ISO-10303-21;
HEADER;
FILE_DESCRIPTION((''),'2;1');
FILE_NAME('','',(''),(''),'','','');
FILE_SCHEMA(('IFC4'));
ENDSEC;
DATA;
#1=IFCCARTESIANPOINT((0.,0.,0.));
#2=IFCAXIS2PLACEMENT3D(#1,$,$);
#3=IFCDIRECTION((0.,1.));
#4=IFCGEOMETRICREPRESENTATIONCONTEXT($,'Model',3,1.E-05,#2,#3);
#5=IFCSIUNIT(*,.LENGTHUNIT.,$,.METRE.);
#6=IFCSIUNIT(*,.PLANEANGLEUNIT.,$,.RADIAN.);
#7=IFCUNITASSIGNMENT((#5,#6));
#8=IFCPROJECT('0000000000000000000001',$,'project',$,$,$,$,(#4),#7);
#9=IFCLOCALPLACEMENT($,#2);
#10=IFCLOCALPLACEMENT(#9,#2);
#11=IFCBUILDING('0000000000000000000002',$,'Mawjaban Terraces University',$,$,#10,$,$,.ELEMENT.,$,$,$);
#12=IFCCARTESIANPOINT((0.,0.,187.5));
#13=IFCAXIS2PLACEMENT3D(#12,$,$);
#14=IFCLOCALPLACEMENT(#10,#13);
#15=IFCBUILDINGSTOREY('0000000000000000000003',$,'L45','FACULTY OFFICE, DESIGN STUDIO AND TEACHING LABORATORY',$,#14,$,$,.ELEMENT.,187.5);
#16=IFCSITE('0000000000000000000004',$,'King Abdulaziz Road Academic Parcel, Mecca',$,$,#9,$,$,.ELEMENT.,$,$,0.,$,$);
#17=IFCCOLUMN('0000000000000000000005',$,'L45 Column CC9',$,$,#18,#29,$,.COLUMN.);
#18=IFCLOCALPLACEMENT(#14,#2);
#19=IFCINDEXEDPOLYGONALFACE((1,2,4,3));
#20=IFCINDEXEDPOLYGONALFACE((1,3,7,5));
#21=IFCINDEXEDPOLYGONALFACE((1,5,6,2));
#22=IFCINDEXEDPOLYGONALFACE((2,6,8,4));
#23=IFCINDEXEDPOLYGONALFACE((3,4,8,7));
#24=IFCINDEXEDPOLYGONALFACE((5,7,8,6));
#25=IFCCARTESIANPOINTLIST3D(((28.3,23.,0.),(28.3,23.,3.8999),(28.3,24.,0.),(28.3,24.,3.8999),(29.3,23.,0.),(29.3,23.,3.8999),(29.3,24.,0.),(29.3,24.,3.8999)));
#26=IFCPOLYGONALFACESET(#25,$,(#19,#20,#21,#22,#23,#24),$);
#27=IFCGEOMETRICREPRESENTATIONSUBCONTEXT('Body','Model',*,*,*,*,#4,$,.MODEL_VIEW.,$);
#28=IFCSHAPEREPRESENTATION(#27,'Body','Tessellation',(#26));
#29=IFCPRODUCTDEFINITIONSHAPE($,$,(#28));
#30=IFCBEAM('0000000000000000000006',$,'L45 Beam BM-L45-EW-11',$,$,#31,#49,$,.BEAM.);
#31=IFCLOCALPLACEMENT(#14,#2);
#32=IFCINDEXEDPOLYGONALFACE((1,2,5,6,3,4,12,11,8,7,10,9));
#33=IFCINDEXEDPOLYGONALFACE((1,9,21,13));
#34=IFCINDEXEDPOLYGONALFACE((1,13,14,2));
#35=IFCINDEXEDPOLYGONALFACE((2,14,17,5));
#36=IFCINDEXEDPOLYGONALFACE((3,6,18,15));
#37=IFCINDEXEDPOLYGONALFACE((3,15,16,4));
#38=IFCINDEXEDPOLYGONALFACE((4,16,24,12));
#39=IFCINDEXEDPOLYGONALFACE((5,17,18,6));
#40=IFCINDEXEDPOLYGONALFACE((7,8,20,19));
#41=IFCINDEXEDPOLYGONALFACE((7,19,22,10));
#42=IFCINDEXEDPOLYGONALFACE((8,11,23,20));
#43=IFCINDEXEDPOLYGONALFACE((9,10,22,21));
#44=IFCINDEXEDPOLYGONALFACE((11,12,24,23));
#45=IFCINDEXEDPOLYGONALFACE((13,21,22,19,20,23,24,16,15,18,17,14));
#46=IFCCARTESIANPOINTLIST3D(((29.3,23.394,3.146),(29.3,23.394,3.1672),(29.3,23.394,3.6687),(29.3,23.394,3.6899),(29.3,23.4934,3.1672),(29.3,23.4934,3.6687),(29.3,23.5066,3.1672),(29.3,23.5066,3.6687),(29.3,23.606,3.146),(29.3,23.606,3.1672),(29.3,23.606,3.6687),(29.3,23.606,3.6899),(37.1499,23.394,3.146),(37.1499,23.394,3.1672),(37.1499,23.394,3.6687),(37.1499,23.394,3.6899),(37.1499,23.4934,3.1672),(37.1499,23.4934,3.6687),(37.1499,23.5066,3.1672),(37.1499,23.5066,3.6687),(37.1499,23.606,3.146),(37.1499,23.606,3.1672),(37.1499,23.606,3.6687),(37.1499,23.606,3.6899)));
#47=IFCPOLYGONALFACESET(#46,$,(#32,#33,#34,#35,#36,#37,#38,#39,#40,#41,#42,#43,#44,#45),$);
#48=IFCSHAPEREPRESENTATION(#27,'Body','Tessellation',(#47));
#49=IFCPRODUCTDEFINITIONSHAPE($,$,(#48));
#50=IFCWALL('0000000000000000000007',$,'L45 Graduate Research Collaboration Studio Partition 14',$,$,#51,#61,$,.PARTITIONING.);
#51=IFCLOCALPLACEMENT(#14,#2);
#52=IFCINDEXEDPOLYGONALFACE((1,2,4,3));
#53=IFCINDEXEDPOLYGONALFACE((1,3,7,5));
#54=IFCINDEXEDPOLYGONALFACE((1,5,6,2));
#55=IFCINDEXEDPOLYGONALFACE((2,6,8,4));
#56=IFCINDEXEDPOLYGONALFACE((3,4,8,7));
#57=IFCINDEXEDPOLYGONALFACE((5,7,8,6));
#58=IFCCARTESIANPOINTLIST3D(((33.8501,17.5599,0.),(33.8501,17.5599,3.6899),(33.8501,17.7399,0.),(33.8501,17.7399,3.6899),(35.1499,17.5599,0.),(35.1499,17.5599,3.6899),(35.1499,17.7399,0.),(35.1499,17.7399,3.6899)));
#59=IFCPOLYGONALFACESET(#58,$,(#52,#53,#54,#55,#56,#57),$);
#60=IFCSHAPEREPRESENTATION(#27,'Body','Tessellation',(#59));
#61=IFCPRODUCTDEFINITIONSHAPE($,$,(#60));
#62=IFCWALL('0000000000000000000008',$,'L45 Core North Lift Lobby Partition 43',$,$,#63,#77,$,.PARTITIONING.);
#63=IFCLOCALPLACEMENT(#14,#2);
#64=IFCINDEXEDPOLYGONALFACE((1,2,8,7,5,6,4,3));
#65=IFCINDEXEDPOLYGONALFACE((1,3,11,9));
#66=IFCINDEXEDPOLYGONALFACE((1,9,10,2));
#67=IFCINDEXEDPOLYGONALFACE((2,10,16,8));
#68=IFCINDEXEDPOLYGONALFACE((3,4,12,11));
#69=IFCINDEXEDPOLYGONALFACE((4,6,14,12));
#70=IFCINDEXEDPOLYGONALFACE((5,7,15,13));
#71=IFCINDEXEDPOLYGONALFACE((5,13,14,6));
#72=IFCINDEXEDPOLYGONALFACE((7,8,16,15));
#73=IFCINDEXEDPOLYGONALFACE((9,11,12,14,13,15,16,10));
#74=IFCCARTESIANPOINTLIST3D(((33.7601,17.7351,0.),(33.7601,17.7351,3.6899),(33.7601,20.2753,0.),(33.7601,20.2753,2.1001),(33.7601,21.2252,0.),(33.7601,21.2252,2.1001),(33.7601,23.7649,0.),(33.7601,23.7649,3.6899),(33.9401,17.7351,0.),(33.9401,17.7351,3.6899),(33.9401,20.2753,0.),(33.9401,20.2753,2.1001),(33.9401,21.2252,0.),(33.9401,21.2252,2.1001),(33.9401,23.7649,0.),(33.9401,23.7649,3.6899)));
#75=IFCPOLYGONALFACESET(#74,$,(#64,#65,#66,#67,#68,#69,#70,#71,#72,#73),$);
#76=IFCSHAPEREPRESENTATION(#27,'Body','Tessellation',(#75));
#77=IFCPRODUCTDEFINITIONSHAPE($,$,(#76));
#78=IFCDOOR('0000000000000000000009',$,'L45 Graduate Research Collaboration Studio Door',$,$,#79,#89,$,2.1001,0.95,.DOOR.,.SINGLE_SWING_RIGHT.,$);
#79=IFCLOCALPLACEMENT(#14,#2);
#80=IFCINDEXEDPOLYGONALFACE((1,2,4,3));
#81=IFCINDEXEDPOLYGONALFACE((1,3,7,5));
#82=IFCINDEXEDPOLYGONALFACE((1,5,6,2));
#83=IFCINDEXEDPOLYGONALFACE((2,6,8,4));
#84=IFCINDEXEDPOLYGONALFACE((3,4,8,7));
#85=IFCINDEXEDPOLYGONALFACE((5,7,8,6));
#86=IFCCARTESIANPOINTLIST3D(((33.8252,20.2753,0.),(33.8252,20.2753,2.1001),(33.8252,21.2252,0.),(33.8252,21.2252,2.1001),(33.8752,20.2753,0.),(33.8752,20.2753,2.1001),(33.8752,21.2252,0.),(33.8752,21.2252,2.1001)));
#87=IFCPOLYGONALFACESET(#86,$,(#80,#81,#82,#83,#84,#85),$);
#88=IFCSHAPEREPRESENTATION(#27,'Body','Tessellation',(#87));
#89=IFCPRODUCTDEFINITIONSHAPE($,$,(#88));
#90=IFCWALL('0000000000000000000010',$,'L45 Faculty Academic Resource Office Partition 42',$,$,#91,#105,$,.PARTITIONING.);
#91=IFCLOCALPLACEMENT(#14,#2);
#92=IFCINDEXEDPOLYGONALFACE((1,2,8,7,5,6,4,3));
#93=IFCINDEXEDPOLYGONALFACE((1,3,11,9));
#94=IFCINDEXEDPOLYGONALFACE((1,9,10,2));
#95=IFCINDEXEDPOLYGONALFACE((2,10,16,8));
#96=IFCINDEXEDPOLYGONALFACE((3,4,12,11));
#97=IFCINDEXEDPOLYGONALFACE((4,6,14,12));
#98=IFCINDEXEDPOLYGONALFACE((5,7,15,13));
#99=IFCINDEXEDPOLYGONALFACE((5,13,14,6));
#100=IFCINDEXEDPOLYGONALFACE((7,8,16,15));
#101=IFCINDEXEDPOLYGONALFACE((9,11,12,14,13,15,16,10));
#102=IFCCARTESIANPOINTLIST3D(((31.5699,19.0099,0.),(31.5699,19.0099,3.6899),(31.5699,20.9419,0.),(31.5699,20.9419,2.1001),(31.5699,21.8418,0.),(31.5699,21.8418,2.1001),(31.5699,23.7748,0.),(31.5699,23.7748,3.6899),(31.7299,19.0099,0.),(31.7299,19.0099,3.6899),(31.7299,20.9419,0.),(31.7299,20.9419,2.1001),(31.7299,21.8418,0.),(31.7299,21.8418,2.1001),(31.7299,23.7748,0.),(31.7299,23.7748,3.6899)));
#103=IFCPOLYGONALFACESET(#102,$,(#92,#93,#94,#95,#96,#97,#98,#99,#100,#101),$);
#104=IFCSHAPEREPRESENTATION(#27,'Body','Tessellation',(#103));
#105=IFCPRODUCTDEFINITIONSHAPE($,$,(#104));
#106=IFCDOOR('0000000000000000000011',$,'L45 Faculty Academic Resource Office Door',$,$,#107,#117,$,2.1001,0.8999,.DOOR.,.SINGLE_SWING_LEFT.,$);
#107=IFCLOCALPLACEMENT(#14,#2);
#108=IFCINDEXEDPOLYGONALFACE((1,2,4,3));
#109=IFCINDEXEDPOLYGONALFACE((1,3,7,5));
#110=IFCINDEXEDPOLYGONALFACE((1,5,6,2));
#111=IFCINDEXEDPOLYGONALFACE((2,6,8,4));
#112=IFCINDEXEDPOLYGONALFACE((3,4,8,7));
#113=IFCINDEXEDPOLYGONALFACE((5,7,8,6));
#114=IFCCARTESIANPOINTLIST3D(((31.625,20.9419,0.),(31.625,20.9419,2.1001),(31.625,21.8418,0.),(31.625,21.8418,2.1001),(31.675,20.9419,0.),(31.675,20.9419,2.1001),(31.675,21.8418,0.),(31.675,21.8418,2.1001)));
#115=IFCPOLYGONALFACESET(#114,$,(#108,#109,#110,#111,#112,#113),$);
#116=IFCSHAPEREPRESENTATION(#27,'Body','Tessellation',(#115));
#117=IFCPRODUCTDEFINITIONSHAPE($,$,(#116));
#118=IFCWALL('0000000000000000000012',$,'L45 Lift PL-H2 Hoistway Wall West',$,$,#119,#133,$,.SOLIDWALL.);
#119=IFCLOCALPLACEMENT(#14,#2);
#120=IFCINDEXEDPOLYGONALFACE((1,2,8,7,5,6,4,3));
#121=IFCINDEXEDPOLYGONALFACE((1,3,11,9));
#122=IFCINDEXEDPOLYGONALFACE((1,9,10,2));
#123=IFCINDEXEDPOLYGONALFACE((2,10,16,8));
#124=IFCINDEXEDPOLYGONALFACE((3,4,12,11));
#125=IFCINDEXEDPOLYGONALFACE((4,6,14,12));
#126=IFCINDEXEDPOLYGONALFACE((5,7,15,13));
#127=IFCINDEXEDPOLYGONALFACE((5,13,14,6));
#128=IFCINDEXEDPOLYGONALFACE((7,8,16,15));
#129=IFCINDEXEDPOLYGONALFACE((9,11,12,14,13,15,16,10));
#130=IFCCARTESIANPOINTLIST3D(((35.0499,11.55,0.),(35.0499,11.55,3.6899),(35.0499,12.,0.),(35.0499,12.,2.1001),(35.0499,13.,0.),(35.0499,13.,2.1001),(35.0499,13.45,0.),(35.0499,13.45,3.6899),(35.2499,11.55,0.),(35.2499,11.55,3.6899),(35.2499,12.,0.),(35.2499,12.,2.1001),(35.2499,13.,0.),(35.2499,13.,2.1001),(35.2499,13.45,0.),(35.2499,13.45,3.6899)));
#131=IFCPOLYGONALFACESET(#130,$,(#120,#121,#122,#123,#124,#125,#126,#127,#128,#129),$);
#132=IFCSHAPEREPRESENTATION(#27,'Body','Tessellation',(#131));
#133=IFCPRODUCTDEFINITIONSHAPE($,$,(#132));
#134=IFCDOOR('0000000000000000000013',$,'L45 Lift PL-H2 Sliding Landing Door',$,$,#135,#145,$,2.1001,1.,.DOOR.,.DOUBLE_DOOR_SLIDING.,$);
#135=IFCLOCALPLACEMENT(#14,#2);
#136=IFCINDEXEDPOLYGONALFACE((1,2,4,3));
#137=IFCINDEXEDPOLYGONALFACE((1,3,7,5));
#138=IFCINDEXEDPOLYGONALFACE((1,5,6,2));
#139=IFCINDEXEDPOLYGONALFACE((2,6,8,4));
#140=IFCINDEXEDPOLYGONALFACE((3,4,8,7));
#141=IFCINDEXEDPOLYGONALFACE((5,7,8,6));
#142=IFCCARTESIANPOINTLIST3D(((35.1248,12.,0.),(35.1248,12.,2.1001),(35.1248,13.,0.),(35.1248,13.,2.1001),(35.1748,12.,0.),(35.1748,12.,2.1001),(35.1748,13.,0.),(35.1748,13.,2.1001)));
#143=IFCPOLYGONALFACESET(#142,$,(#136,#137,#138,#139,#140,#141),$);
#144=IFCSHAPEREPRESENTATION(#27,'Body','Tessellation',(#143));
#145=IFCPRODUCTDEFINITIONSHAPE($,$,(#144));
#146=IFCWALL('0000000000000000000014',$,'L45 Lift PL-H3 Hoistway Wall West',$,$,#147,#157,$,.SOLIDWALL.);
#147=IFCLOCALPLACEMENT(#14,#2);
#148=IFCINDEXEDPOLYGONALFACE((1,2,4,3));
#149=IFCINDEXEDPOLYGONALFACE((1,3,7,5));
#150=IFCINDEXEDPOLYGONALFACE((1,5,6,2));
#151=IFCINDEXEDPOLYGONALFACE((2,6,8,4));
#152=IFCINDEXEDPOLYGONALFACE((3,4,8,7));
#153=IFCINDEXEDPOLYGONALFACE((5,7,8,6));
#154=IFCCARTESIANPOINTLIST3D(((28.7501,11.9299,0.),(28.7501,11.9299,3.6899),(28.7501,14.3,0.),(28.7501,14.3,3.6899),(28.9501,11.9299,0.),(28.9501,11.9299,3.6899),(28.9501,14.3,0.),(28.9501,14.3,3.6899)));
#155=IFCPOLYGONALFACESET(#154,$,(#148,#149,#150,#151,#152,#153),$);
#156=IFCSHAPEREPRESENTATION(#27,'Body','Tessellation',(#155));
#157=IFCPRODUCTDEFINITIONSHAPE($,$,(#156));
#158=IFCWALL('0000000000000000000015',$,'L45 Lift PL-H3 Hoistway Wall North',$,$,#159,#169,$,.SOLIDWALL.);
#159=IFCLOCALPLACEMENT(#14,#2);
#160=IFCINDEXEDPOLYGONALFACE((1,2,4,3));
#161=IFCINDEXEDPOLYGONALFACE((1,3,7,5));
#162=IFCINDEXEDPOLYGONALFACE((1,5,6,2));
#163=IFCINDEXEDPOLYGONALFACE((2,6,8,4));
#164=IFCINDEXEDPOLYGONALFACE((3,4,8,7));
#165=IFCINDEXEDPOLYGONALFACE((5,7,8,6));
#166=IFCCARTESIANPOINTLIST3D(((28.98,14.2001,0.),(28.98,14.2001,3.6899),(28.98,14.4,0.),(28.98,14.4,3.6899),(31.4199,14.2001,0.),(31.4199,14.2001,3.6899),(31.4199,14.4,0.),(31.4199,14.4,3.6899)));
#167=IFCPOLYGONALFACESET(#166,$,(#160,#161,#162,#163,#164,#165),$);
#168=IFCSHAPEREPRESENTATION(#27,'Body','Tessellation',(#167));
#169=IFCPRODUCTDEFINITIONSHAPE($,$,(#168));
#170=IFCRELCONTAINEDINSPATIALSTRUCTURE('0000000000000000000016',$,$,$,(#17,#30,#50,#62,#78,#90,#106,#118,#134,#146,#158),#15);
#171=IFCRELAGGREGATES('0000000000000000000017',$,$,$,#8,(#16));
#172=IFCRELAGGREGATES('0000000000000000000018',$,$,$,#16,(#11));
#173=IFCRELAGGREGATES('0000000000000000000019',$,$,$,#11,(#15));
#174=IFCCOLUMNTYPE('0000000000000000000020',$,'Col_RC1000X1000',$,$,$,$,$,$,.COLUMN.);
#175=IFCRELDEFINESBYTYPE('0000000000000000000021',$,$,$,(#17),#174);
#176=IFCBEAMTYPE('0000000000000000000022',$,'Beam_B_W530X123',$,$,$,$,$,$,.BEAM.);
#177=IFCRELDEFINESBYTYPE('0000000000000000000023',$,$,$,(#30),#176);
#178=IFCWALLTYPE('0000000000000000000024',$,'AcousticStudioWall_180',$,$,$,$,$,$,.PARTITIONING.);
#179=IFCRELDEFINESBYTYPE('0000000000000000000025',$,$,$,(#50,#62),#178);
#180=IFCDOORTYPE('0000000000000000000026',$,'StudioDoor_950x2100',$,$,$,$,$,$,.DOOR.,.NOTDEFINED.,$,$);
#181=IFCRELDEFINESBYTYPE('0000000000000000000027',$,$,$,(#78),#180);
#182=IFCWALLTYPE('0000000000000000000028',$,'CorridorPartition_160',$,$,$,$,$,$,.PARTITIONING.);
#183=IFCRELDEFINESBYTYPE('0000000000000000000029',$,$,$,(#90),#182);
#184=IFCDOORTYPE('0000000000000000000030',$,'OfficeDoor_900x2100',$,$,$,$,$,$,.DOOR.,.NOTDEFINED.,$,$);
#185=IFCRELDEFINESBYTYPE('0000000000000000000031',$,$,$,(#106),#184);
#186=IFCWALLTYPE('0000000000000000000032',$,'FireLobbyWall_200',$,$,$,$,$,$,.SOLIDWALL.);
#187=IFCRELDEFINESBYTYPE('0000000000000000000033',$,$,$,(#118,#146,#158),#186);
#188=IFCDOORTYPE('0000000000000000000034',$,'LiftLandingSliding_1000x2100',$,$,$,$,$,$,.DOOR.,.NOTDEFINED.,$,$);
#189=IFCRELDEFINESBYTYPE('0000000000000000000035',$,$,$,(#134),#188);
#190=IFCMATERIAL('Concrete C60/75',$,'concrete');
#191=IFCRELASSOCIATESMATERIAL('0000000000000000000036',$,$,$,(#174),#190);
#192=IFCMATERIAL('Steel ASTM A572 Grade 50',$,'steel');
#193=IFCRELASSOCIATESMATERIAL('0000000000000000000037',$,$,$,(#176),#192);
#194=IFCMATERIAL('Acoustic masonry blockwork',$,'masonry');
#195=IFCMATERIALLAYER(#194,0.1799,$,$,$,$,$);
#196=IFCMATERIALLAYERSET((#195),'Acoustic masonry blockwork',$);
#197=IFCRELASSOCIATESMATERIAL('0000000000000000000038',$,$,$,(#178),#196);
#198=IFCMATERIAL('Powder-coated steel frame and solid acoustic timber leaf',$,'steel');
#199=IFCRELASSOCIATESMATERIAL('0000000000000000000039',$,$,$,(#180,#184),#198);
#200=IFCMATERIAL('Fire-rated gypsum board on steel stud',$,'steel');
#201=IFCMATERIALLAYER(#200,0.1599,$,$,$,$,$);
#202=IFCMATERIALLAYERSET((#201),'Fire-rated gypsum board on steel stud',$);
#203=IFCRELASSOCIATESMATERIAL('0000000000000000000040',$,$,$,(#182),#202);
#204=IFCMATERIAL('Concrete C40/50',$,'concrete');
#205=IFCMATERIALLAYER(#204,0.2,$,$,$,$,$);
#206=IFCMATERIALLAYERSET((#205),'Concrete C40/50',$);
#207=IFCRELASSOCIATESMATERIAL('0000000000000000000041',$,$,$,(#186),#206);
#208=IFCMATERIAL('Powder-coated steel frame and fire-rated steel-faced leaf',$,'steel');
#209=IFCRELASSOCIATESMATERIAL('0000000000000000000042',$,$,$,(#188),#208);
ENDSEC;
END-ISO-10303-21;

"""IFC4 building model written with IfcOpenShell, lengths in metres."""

from ifc_helpers import new_model, si_unit, direction, frame, frame_2d, origin, origin_2d, place, context, subcontext, project, spatial, rectangle, i_section, extrude, material, layer, layer_set, material_profile, profile_set, type_object, element, fill, save


model = new_model("IFC4")

# Units and contexts
model_context = context("Model", 3, precision=1e-05, world=origin(), true_north=direction((0.0, 1.0)))
body_context = subcontext(model_context, "Body", "Model", "MODEL_VIEW")
ifc_project = project(units=[si_unit("LENGTHUNIT", "METRE"), si_unit("PLANEANGLEUNIT", "RADIAN")], contexts=[model_context])

# Site, building, storey
site_placement = place(None, origin())
site = spatial("IfcSite", under=ifc_project, at=site_placement, Name="King Abdulaziz Road Academic Parcel, Mecca", CompositionType="ELEMENT", RefElevation=0.0)
building_placement = place(site_placement, origin())
building = spatial("IfcBuilding", under=site, at=building_placement, Name="Mawjaban Terraces University", CompositionType="ELEMENT")
storey_placement = place(building_placement, frame((0.0, 0.0, 187.5)))
storey = spatial("IfcBuildingStorey", under=building, at=storey_placement, Name="L45", Description="FACULTY OFFICE, DESIGN STUDIO AND TEACHING LABORATORY", CompositionType="ELEMENT", Elevation=187.5)

# Column
ifc_material_1 = material(Name="Concrete C60/75", Category="concrete")
ifc_material_profile_1 = material_profile(ifc_material_1, rectangle(XDim=1.0, YDim=1.0, at=origin_2d()), Name="RC1000X1000")
ifc_profile_set_1 = profile_set([ifc_material_profile_1], Name="Concrete C60/75")
column_type = type_object("IfcColumnType", Name="Col_RC1000X1000", PredefinedType="COLUMN", material=ifc_profile_set_1)
column_placement = place(storey_placement, frame((28.8, 23.5, 0.0), z_axis=(0.0, 0.0, 1.0), x_axis=(1.0, 0.0, 0.0)))
element("IfcColumn", 1, at=column_placement, inside=storey, type_object=column_type, Name="L45 Column CC9", PredefinedType="COLUMN", context=body_context, shape_type="SweptSolid", body=[
    extrude(rectangle(XDim=1.0, YDim=1.0, at=origin_2d()), origin(), (0.0, 0.0, 1.0), 3.8999),
])

# Beam
ifc_material_2 = material(Name="Steel ASTM A572 Grade 50", Category="steel")
ifc_material_profile_2 = material_profile(ifc_material_2, i_section(OverallWidth=0.2119, OverallDepth=0.5439, WebThickness=0.0132, FlangeThickness=0.0212, at=origin_2d()), Name="W530X123")
ifc_profile_set_2 = profile_set([ifc_material_profile_2], Name="Steel ASTM A572 Grade 50")
beam_type = type_object("IfcBeamType", Name="Beam_B_W530X123", PredefinedType="BEAM", material=ifc_profile_set_2)
beam_placement = place(storey_placement, frame((29.3, 23.5, 3.418), z_axis=(1.0, 0.0, 0.0), x_axis=(0.0, 1.0, 0.0)))
element("IfcBeam", 2, at=beam_placement, inside=storey, type_object=beam_type, Name="L45 Beam BM-L45-EW-11", PredefinedType="BEAM", context=body_context, shape_type="SweptSolid", body=[
    extrude(i_section(OverallWidth=0.2119, OverallDepth=0.5439, WebThickness=0.0132, FlangeThickness=0.0212, at=origin_2d()), origin(), (0.0, 0.0, 1.0), 7.8499),
])

# Wall
ifc_material_3 = material(Name="Acoustic masonry blockwork", Category="masonry")
ifc_layer_1 = layer(ifc_material_3, 0.1799)
ifc_layer_set_1 = layer_set([ifc_layer_1], Name="Acoustic masonry blockwork")
wall_type_1 = type_object("IfcWallType", Name="AcousticStudioWall_180", PredefinedType="PARTITIONING", material=ifc_layer_set_1)
wall_1_placement = place(storey_placement, frame((33.8501, 17.6499, 0.0), z_axis=(0.0, 0.0, 1.0), x_axis=(1.0, 0.0, 0.0)))
element("IfcWall", 3, at=wall_1_placement, inside=storey, type_object=wall_type_1, Name="L45 Graduate Research Collaboration Studio Partition 14", PredefinedType="PARTITIONING", context=body_context, shape_type="SweptSolid", body=[
    extrude(rectangle(XDim=1.2998, YDim=0.1799, at=frame_2d((0.6499, 0.0))), origin(), (0.0, 0.0, 1.0), 3.6899),
])

# Walls, openings, doors
wall_2_placement = place(storey_placement, frame((33.8501, 17.7351, 0.0), z_axis=(0.0, 0.0, 1.0), x_axis=(0.0, 1.0, 0.0)))
wall_2 = element("IfcWall", 4, at=wall_2_placement, inside=storey, type_object=wall_type_1, Name="L45 Core North Lift Lobby Partition 43", PredefinedType="PARTITIONING", context=body_context, shape_type="SweptSolid", body=[
    extrude(rectangle(XDim=6.0298, YDim=0.1799, at=frame_2d((3.0149, 0.0))), origin(), (0.0, 0.0, 1.0), 3.6899),
])
opening_1_placement = place(wall_2_placement, frame((2.54, 0.0, 0.0)))
opening_1 = element("IfcOpeningElement", 5, at=opening_1_placement, cuts=wall_2, PredefinedType="OPENING", context=body_context, shape_type="SweptSolid", body=[
    extrude(rectangle(XDim=0.95, YDim=2.1001, at=frame_2d((0.4751, 1.05))), frame((0.0, 0.0999, 0.0), z_axis=(0.0, -1.0, 0.0), x_axis=(1.0, 0.0, 0.0)), (0.0, 0.0, 1.0), 0.2),
])
ifc_material_4 = material(Name="Powder-coated steel frame and solid acoustic timber leaf", Category="steel")
door_type_1 = type_object("IfcDoorType", Name="StudioDoor_950x2100", OperationType="NOTDEFINED", PredefinedType="DOOR", material=ifc_material_4)
door_1_placement = place(opening_1_placement, origin())
door_1 = element("IfcDoor", 6, at=door_1_placement, inside=storey, type_object=door_type_1, Name="L45 Graduate Research Collaboration Studio Door", OperationType="SINGLE_SWING_RIGHT", OverallHeight=2.1001, OverallWidth=0.95, PredefinedType="DOOR", context=body_context, shape_type="SweptSolid", body=[
    extrude(rectangle(XDim=0.95, YDim=2.1001, at=frame_2d((0.4751, 1.05))), frame((0.0, 0.0249, 0.0), z_axis=(0.0, -1.0, 0.0), x_axis=(1.0, 0.0, 0.0)), (0.0, 0.0, 1.0), 0.05),
])
fill(opening_1, door_1)
ifc_material_5 = material(Name="Fire-rated gypsum board on steel stud", Category="steel")
ifc_layer_2 = layer(ifc_material_5, 0.1599)
ifc_layer_set_2 = layer_set([ifc_layer_2], Name="Fire-rated gypsum board on steel stud")
wall_type_2 = type_object("IfcWallType", Name="CorridorPartition_160", PredefinedType="PARTITIONING", material=ifc_layer_set_2)
wall_3_placement = place(storey_placement, frame((31.6499, 19.01, 0.0), z_axis=(0.0, 0.0, 1.0), x_axis=(0.0, 1.0, 0.0)))
wall_3 = element("IfcWall", 7, at=wall_3_placement, inside=storey, type_object=wall_type_2, Name="L45 Faculty Academic Resource Office Partition 42", PredefinedType="PARTITIONING", context=body_context, shape_type="SweptSolid", body=[
    extrude(rectangle(XDim=4.7649, YDim=0.1599, at=frame_2d((2.3823, 0.0))), origin(), (0.0, 0.0, 1.0), 3.6899),
])
opening_2_placement = place(wall_3_placement, frame((1.9319, 0.0, 0.0)))
opening_2 = element("IfcOpeningElement", 8, at=opening_2_placement, cuts=wall_3, PredefinedType="OPENING", context=body_context, shape_type="SweptSolid", body=[
    extrude(rectangle(XDim=0.8999, YDim=2.1001, at=frame_2d((0.45, 1.05))), frame((0.0, 0.0898, 0.0), z_axis=(0.0, -1.0, 0.0), x_axis=(1.0, 0.0, 0.0)), (0.0, 0.0, 1.0), 0.1799),
])
door_type_2 = type_object("IfcDoorType", Name="OfficeDoor_900x2100", OperationType="NOTDEFINED", PredefinedType="DOOR", material=ifc_material_4)
door_2_placement = place(opening_2_placement, origin())
door_2 = element("IfcDoor", 9, at=door_2_placement, inside=storey, type_object=door_type_2, Name="L45 Faculty Academic Resource Office Door", OperationType="SINGLE_SWING_LEFT", OverallHeight=2.1001, OverallWidth=0.8999, PredefinedType="DOOR", context=body_context, shape_type="SweptSolid", body=[
    extrude(rectangle(XDim=0.8999, YDim=2.1001, at=frame_2d((0.45, 1.05))), frame((0.0, 0.0249, 0.0), z_axis=(0.0, -1.0, 0.0), x_axis=(1.0, 0.0, 0.0)), (0.0, 0.0, 1.0), 0.05),
])
fill(opening_2, door_2)
ifc_material_6 = material(Name="Concrete C40/50", Category="concrete")
ifc_layer_3 = layer(ifc_material_6, 0.2)
ifc_layer_set_3 = layer_set([ifc_layer_3], Name="Concrete C40/50")
wall_type_3 = type_object("IfcWallType", Name="FireLobbyWall_200", PredefinedType="SOLIDWALL", material=ifc_layer_set_3)
wall_4_placement = place(storey_placement, frame((35.1499, 13.45, 0.0), z_axis=(0.0, 0.0, 1.0), x_axis=(0.0, -1.0, 0.0)))
wall_4 = element("IfcWall", 10, at=wall_4_placement, inside=storey, type_object=wall_type_3, Name="L45 Lift PL-H2 Hoistway Wall West", PredefinedType="SOLIDWALL", context=body_context, shape_type="SweptSolid", body=[
    extrude(rectangle(XDim=1.8999, YDim=0.2, at=frame_2d((0.95, 0.0))), origin(), (0.0, 0.0, 1.0), 3.6899),
])
opening_3_placement = place(wall_4_placement, frame((0.45, 0.0, 0.0)))
opening_3 = element("IfcOpeningElement", 11, at=opening_3_placement, cuts=wall_4, PredefinedType="OPENING", context=body_context, shape_type="SweptSolid", body=[
    extrude(rectangle(XDim=1.0, YDim=2.1001, at=frame_2d((0.5, 1.05))), frame((0.0, 0.1099, 0.0), z_axis=(0.0, -1.0, 0.0), x_axis=(1.0, 0.0, 0.0)), (0.0, 0.0, 1.0), 0.22),
])
ifc_material_7 = material(Name="Powder-coated steel frame and fire-rated steel-faced leaf", Category="steel")
door_type_3 = type_object("IfcDoorType", Name="LiftLandingSliding_1000x2100", OperationType="NOTDEFINED", PredefinedType="DOOR", material=ifc_material_7)
door_3_placement = place(opening_3_placement, origin())
door_3 = element("IfcDoor", 12, at=door_3_placement, inside=storey, type_object=door_type_3, Name="L45 Lift PL-H2 Sliding Landing Door", OperationType="DOUBLE_DOOR_SLIDING", OverallHeight=2.1001, OverallWidth=1.0, PredefinedType="DOOR", context=body_context, shape_type="SweptSolid", body=[
    extrude(rectangle(XDim=1.0, YDim=2.1001, at=frame_2d((0.5, 1.05))), frame((0.0, 0.0249, 0.0), z_axis=(0.0, -1.0, 0.0), x_axis=(1.0, 0.0, 0.0)), (0.0, 0.0, 1.0), 0.05),
])
fill(opening_3, door_3)

# Walls
wall_5_placement = place(storey_placement, frame((28.8501, 14.3, 0.0), z_axis=(0.0, 0.0, 1.0), x_axis=(0.0, -1.0, 0.0)))
element("IfcWall", 13, at=wall_5_placement, inside=storey, type_object=wall_type_3, Name="L45 Lift PL-H3 Hoistway Wall West", PredefinedType="SOLIDWALL", context=body_context, shape_type="SweptSolid", body=[
    extrude(rectangle(XDim=2.3701, YDim=0.2, at=frame_2d((1.1851, 0.0))), origin(), (0.0, 0.0, 1.0), 3.6899),
])
wall_6_placement = place(storey_placement, frame((31.4199, 14.3, 0.0), z_axis=(0.0, 0.0, 1.0), x_axis=(-1.0, 0.0, 0.0)))
element("IfcWall", 14, at=wall_6_placement, inside=storey, type_object=wall_type_3, Name="L45 Lift PL-H3 Hoistway Wall North", PredefinedType="SOLIDWALL", context=body_context, shape_type="SweptSolid", body=[
    extrude(rectangle(XDim=2.4399, YDim=0.2, at=frame_2d((1.22, 0.0))), origin(), (0.0, 0.0, 1.0), 3.6899),
])

save(model, "model.ifc")
